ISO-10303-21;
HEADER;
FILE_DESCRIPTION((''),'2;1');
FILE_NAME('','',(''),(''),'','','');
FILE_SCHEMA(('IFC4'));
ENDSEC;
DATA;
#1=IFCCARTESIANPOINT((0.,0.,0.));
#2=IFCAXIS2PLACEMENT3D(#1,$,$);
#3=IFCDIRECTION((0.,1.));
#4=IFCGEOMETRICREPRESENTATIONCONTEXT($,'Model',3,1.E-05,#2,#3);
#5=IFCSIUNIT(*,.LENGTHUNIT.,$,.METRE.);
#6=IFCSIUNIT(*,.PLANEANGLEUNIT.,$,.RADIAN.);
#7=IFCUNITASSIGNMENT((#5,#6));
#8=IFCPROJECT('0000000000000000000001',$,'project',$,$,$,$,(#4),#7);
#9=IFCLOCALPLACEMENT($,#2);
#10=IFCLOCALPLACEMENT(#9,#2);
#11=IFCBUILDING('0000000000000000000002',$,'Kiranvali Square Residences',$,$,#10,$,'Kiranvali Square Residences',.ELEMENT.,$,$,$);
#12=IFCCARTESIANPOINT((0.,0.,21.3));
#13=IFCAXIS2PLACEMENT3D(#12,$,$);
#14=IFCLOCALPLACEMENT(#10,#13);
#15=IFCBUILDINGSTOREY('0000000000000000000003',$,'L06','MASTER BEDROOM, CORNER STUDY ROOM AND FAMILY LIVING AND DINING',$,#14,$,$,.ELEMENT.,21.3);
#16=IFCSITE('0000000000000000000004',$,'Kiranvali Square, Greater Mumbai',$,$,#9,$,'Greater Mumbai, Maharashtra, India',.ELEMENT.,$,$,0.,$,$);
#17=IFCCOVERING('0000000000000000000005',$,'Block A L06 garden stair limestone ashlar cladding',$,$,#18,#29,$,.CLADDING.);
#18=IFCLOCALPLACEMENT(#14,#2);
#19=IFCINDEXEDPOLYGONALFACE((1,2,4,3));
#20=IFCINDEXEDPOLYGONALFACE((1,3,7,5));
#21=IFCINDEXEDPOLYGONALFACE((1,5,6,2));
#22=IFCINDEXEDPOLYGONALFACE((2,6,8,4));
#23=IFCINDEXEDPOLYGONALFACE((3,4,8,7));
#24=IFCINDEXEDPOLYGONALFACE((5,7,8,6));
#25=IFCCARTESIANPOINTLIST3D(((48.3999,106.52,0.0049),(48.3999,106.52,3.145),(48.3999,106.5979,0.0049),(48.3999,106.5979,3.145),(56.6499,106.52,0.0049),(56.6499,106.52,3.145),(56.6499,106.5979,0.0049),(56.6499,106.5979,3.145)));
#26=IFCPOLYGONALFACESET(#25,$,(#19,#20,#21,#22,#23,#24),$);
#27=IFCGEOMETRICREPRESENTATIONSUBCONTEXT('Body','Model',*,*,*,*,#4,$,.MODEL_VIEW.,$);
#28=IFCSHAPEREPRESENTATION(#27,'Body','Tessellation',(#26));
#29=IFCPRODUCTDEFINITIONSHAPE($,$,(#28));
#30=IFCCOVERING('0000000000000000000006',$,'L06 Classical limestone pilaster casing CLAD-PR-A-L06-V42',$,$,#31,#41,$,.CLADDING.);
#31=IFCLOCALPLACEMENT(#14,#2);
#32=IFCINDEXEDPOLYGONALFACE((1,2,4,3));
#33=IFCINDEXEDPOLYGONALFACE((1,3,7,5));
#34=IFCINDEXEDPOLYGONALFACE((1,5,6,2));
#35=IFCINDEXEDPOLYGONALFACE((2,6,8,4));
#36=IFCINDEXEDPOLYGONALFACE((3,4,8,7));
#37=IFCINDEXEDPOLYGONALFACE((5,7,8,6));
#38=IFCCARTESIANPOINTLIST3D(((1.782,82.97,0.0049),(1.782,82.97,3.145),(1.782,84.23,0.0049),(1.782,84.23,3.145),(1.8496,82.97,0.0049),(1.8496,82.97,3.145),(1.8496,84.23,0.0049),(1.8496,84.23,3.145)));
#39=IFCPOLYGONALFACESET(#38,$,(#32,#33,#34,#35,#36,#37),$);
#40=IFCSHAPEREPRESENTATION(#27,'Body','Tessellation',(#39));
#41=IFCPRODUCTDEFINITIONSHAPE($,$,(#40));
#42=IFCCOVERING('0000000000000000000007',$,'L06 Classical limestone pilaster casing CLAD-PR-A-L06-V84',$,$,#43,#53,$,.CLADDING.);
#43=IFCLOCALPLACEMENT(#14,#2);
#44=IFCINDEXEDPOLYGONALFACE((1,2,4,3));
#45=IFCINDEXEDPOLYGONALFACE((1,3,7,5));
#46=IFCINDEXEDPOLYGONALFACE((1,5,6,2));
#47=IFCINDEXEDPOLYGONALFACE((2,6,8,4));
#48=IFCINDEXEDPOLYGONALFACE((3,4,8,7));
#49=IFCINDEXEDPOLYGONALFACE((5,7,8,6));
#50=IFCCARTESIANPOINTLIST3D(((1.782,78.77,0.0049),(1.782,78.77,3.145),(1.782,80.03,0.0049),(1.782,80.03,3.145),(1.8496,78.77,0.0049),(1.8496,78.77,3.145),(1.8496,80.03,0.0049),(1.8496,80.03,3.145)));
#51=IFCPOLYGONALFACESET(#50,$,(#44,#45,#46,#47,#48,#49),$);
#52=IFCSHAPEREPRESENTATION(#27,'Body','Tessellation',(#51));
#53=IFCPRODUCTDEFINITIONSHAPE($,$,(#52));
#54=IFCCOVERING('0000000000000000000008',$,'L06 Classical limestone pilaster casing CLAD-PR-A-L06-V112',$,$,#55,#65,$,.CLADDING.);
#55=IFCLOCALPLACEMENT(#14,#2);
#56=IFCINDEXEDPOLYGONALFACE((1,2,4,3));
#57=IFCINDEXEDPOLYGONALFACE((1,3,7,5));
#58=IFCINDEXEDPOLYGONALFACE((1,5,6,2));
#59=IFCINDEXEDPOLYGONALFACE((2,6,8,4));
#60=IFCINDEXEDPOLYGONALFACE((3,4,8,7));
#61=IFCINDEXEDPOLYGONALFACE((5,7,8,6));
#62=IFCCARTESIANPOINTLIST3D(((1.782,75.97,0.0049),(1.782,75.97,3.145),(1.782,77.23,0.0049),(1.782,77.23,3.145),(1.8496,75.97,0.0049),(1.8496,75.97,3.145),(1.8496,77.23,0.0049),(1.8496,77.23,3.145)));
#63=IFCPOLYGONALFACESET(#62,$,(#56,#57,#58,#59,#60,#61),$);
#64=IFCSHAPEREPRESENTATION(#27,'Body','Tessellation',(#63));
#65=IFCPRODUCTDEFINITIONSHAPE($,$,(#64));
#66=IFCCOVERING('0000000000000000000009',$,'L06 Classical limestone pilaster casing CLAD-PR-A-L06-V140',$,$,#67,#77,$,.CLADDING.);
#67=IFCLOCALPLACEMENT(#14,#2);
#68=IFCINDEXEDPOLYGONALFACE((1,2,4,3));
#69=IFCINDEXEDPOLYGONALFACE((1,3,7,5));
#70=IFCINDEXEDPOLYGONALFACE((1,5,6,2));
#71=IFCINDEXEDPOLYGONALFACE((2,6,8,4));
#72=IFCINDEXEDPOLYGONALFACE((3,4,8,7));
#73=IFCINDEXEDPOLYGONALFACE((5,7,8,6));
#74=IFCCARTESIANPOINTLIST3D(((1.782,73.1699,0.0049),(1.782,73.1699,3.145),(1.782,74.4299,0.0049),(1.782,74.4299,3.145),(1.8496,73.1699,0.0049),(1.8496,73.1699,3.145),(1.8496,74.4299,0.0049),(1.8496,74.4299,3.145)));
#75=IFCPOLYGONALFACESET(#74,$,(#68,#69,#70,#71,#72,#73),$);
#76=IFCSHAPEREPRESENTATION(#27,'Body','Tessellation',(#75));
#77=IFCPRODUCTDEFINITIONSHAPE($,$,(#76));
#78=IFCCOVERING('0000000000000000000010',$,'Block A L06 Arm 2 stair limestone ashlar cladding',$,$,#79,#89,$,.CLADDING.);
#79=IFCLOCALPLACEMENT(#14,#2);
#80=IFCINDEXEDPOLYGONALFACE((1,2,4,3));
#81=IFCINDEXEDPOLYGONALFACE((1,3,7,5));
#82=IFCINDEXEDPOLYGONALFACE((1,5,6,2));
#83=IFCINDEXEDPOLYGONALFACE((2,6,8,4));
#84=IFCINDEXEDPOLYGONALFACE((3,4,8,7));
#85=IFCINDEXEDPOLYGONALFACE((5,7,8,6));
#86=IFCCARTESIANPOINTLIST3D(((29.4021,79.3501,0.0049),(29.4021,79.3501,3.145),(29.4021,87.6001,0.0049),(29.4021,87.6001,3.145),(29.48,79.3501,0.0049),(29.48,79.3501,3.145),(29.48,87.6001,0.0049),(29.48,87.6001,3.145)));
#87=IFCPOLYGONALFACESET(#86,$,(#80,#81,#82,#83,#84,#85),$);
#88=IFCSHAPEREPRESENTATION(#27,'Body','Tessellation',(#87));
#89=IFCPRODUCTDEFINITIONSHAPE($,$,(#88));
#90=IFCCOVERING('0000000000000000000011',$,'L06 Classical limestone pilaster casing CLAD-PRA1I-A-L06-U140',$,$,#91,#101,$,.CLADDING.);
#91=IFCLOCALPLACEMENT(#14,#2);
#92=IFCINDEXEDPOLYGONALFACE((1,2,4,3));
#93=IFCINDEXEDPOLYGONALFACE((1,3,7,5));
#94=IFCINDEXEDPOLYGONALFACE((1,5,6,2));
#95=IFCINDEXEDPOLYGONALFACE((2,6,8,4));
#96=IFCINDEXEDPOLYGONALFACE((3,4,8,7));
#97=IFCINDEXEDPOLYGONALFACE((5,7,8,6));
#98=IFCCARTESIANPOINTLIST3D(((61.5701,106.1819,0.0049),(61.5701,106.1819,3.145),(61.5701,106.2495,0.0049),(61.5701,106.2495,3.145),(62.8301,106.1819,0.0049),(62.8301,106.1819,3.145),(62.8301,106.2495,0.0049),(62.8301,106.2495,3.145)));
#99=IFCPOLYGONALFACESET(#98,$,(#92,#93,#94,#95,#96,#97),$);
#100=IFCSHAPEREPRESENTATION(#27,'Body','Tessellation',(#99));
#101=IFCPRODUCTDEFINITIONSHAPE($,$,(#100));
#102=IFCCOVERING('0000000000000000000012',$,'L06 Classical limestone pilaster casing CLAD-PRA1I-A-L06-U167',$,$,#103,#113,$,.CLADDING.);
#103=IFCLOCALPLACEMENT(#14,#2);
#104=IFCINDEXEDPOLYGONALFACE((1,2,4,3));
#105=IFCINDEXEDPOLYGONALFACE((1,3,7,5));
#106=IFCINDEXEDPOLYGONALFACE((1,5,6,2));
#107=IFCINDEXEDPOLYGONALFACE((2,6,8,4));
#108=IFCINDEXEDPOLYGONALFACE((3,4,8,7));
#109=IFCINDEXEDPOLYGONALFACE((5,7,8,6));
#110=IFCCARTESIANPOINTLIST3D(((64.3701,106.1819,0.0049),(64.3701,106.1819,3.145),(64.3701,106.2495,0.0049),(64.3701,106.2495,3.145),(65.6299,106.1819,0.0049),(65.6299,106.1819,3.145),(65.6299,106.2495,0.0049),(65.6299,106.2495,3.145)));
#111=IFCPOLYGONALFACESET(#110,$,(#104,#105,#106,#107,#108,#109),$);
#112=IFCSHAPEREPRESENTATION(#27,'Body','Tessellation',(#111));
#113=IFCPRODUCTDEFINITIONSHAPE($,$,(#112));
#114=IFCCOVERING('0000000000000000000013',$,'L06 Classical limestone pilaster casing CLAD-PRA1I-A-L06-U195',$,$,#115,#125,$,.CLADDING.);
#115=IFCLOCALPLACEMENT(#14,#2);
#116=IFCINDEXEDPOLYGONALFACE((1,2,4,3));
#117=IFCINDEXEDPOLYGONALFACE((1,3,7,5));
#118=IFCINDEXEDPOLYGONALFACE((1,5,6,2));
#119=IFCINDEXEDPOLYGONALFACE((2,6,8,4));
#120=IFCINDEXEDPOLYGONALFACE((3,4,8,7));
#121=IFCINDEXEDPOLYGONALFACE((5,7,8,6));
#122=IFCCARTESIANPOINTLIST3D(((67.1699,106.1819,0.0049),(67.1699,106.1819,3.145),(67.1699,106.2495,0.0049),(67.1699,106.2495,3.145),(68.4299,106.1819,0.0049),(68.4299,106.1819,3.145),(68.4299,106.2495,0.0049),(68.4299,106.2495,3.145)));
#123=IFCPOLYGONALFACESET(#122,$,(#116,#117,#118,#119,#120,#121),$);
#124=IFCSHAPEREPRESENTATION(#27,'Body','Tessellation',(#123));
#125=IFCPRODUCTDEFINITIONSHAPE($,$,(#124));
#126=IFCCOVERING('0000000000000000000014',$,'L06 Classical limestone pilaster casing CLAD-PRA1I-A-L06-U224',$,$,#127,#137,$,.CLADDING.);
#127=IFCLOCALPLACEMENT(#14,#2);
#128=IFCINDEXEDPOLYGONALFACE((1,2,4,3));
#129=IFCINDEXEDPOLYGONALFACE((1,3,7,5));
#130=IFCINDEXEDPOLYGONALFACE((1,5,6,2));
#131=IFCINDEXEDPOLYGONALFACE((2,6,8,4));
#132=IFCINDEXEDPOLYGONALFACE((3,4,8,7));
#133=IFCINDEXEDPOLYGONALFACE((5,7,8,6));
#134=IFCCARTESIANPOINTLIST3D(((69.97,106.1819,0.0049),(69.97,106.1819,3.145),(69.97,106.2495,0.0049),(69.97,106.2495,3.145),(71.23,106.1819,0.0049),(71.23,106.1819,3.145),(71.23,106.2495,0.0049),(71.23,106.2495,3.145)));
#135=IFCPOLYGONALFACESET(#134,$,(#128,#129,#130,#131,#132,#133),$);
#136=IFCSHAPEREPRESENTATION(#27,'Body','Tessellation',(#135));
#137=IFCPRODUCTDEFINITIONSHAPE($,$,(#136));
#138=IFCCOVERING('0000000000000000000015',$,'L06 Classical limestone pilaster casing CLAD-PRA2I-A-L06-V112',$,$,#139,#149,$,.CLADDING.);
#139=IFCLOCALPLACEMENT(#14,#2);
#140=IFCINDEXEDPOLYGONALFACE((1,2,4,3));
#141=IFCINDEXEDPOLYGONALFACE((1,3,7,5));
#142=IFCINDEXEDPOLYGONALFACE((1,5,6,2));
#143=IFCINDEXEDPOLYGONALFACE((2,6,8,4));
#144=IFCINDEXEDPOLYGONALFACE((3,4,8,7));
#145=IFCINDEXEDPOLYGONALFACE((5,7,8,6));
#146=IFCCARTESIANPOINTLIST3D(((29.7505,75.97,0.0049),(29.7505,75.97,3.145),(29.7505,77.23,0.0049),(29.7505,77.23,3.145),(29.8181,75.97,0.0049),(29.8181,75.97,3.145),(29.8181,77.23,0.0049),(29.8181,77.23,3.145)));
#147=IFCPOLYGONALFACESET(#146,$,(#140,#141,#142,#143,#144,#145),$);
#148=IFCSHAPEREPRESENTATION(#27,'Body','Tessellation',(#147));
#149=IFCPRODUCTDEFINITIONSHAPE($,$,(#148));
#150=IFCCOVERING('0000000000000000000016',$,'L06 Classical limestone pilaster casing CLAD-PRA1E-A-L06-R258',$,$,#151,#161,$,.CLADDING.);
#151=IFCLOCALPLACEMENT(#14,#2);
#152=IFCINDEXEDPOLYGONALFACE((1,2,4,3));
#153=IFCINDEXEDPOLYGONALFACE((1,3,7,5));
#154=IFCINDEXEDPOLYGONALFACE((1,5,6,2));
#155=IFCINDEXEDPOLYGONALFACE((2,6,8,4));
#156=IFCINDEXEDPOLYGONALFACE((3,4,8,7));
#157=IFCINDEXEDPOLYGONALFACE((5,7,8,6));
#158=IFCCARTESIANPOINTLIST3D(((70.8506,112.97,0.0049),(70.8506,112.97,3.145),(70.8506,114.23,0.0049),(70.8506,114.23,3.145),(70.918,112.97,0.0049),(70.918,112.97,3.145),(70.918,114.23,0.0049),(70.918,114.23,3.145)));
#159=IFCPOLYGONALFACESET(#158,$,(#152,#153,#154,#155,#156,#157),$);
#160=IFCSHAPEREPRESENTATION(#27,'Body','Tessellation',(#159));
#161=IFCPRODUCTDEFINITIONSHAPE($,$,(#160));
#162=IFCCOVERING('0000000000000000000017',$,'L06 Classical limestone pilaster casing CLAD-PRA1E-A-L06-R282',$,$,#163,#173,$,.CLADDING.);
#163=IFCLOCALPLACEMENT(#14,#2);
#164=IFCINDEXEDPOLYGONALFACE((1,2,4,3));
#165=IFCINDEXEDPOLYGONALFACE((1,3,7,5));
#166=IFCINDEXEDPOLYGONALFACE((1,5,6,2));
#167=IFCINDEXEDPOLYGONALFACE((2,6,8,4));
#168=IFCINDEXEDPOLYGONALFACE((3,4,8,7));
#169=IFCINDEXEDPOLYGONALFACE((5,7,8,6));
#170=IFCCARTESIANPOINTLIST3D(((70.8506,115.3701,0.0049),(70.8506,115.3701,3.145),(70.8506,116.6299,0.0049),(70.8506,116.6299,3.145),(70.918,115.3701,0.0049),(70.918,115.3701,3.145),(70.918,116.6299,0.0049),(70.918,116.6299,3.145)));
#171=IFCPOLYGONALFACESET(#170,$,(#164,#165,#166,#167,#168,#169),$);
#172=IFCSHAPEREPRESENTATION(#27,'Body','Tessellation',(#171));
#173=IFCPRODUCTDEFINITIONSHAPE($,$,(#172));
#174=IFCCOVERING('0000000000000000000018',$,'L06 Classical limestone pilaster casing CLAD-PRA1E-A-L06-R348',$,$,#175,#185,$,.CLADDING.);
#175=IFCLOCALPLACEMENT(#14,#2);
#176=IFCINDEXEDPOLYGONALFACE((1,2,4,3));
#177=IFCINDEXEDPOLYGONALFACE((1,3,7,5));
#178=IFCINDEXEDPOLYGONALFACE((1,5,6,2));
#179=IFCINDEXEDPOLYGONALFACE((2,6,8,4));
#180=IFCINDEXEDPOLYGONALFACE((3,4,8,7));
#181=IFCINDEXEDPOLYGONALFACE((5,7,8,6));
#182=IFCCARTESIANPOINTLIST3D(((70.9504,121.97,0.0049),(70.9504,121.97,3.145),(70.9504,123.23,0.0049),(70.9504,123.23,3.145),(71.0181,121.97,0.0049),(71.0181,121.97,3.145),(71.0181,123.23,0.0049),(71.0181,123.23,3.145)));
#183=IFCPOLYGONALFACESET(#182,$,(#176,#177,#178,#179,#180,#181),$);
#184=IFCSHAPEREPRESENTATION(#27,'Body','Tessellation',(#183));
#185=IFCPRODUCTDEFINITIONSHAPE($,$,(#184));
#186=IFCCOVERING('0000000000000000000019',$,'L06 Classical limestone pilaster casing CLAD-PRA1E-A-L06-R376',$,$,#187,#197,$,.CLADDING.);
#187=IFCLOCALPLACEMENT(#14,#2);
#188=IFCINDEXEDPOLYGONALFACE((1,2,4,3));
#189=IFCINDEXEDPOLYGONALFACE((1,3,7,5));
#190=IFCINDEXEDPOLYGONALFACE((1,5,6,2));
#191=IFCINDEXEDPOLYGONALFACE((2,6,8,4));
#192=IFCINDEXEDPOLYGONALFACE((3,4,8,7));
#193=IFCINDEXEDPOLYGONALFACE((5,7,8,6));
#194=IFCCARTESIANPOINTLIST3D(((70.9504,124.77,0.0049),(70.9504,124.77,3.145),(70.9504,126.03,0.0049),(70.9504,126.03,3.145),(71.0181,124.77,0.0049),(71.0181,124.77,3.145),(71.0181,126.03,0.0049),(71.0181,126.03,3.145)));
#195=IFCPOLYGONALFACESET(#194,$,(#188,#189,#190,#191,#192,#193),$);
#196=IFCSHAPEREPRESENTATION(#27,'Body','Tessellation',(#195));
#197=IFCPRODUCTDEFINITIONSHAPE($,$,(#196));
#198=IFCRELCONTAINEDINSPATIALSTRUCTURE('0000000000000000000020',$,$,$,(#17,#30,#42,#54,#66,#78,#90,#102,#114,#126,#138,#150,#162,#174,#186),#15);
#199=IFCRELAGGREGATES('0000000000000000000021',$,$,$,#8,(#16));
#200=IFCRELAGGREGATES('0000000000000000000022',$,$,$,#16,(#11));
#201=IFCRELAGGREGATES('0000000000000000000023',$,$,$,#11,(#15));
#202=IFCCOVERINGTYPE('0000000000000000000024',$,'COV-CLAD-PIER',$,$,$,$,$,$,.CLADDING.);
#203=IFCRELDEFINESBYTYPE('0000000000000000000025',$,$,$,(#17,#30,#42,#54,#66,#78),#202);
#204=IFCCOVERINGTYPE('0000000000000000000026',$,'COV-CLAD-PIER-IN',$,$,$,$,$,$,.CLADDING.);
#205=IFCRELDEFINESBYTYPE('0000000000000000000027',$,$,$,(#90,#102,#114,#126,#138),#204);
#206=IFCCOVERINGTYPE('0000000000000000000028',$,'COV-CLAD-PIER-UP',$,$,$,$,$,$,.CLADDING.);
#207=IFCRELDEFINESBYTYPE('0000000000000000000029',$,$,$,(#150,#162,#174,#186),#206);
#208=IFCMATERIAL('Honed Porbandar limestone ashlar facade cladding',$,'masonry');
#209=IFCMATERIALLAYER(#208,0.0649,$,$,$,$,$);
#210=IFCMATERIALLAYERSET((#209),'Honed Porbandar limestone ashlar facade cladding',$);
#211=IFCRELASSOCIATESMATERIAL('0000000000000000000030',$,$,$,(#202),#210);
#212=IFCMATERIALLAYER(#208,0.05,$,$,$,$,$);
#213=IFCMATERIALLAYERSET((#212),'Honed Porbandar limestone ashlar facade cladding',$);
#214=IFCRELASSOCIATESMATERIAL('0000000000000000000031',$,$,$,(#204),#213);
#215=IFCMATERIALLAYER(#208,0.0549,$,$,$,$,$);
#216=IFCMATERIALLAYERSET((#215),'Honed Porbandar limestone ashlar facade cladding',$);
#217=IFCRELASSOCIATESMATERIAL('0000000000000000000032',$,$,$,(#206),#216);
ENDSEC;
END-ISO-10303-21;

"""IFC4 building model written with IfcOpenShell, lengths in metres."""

from ifc_helpers import new_model, si_unit, direction, frame, origin, place, context, subcontext, project, spatial, polyline, outline, extrude, material, layer, layer_set, type_object, element, save


model = new_model("IFC4")

# Units and contexts
model_context = context("Model", 3, precision=1e-05, world=origin(), true_north=direction((0.0, 1.0)))
body_context = subcontext(model_context, "Body", "Model", "MODEL_VIEW")
ifc_project = project(units=[si_unit("LENGTHUNIT", "METRE"), si_unit("PLANEANGLEUNIT", "RADIAN")], contexts=[model_context])

# Site, building, storey
site_placement = place(None, origin())
site = spatial("IfcSite", under=ifc_project, at=site_placement, Name="Kiranvali Square, Greater Mumbai", LongName="Greater Mumbai, Maharashtra, India", CompositionType="ELEMENT", RefElevation=0.0)
building_placement = place(site_placement, origin())
building = spatial("IfcBuilding", under=site, at=building_placement, Name="Kiranvali Square Residences", LongName="Kiranvali Square Residences", CompositionType="ELEMENT")
storey_placement = place(building_placement, frame((0.0, 0.0, 21.3)))
storey = spatial("IfcBuildingStorey", under=building, at=storey_placement, Name="L06", Description="MASTER BEDROOM, CORNER STUDY ROOM AND FAMILY LIVING AND DINING", CompositionType="ELEMENT", Elevation=21.3)

# Coverings
ifc_material = material(Name="Honed Porbandar limestone ashlar facade cladding", Category="masonry")
ifc_layer_1 = layer(ifc_material, 0.0649)
ifc_layer_set_1 = layer_set([ifc_layer_1], Name="Honed Porbandar limestone ashlar facade cladding")
covering_type_1 = type_object("IfcCoveringType", Name="COV-CLAD-PIER", PredefinedType="CLADDING", material=ifc_layer_set_1)
covering_1_placement = place(storey_placement, frame((0.0, 0.0, 0.0049)))
element("IfcCovering", 1, at=covering_1_placement, inside=storey, type_object=covering_type_1, Name="Block A L06 garden stair limestone ashlar cladding", PredefinedType="CLADDING", context=body_context, shape_type="SweptSolid", body=[
    extrude(outline(polyline([(48.3999, 106.52), (56.6499, 106.52), (56.6499, 106.5979), (48.3999, 106.5979), (48.3999, 106.52)])), origin(), (0.0, 0.0, 1.0), 3.1401),
])
covering_2_placement = place(storey_placement, frame((0.0, 0.0, 0.0049)))
element("IfcCovering", 2, at=covering_2_placement, inside=storey, type_object=covering_type_1, Name="L06 Classical limestone pilaster casing CLAD-PR-A-L06-V42", PredefinedType="CLADDING", context=body_context, shape_type="SweptSolid", body=[
    extrude(outline(polyline([(1.782, 84.23), (1.782, 82.97), (1.8496, 82.97), (1.8496, 84.23), (1.782, 84.23)])), origin(), (0.0, 0.0, 1.0), 3.1401),
])
covering_3_placement = place(storey_placement, frame((0.0, 0.0, 0.0049)))
element("IfcCovering", 3, at=covering_3_placement, inside=storey, type_object=covering_type_1, Name="L06 Classical limestone pilaster casing CLAD-PR-A-L06-V84", PredefinedType="CLADDING", context=body_context, shape_type="SweptSolid", body=[
    extrude(outline(polyline([(1.782, 80.03), (1.782, 78.77), (1.8496, 78.77), (1.8496, 80.03), (1.782, 80.03)])), origin(), (0.0, 0.0, 1.0), 3.1401),
])
covering_4_placement = place(storey_placement, frame((0.0, 0.0, 0.0049)))
element("IfcCovering", 4, at=covering_4_placement, inside=storey, type_object=covering_type_1, Name="L06 Classical limestone pilaster casing CLAD-PR-A-L06-V112", PredefinedType="CLADDING", context=body_context, shape_type="SweptSolid", body=[
    extrude(outline(polyline([(1.782, 77.23), (1.782, 75.97), (1.8496, 75.97), (1.8496, 77.23), (1.782, 77.23)])), origin(), (0.0, 0.0, 1.0), 3.1401),
])
covering_5_placement = place(storey_placement, frame((0.0, 0.0, 0.0049)))
element("IfcCovering", 5, at=covering_5_placement, inside=storey, type_object=covering_type_1, Name="L06 Classical limestone pilaster casing CLAD-PR-A-L06-V140", PredefinedType="CLADDING", context=body_context, shape_type="SweptSolid", body=[
    extrude(outline(polyline([(1.782, 74.4299), (1.782, 73.1699), (1.8496, 73.1699), (1.8496, 74.4299), (1.782, 74.4299)])), origin(), (0.0, 0.0, 1.0), 3.1401),
])
covering_6_placement = place(storey_placement, frame((0.0, 0.0, 0.0049)))
element("IfcCovering", 6, at=covering_6_placement, inside=storey, type_object=covering_type_1, Name="Block A L06 Arm 2 stair limestone ashlar cladding", PredefinedType="CLADDING", context=body_context, shape_type="SweptSolid", body=[
    extrude(outline(polyline([(29.4021, 87.6001), (29.4021, 79.3501), (29.48, 79.3501), (29.48, 87.6001), (29.4021, 87.6001)])), origin(), (0.0, 0.0, 1.0), 3.1401),
])
ifc_layer_2 = layer(ifc_material, 0.05)
ifc_layer_set_2 = layer_set([ifc_layer_2], Name="Honed Porbandar limestone ashlar facade cladding")
covering_type_2 = type_object("IfcCoveringType", Name="COV-CLAD-PIER-IN", PredefinedType="CLADDING", material=ifc_layer_set_2)
covering_7_placement = place(storey_placement, frame((0.0, 0.0, 0.0049)))
element("IfcCovering", 7, at=covering_7_placement, inside=storey, type_object=covering_type_2, Name="L06 Classical limestone pilaster casing CLAD-PRA1I-A-L06-U140", PredefinedType="CLADDING", context=body_context, shape_type="SweptSolid", body=[
    extrude(outline(polyline([(61.5701, 106.1819), (62.8301, 106.1819), (62.8301, 106.2495), (61.5701, 106.2495), (61.5701, 106.1819)])), origin(), (0.0, 0.0, 1.0), 3.1401),
])
covering_8_placement = place(storey_placement, frame((0.0, 0.0, 0.0049)))
element("IfcCovering", 8, at=covering_8_placement, inside=storey, type_object=covering_type_2, Name="L06 Classical limestone pilaster casing CLAD-PRA1I-A-L06-U167", PredefinedType="CLADDING", context=body_context, shape_type="SweptSolid", body=[
    extrude(outline(polyline([(64.3701, 106.1819), (65.6299, 106.1819), (65.6299, 106.2495), (64.3701, 106.2495), (64.3701, 106.1819)])), origin(), (0.0, 0.0, 1.0), 3.1401),
])
covering_9_placement = place(storey_placement, frame((0.0, 0.0, 0.0049)))
element("IfcCovering", 9, at=covering_9_placement, inside=storey, type_object=covering_type_2, Name="L06 Classical limestone pilaster casing CLAD-PRA1I-A-L06-U195", PredefinedType="CLADDING", context=body_context, shape_type="SweptSolid", body=[
    extrude(outline(polyline([(67.1699, 106.1819), (68.4299, 106.1819), (68.4299, 106.2495), (67.1699, 106.2495), (67.1699, 106.1819)])), origin(), (0.0, 0.0, 1.0), 3.1401),
])
covering_10_placement = place(storey_placement, frame((0.0, 0.0, 0.0049)))
element("IfcCovering", 10, at=covering_10_placement, inside=storey, type_object=covering_type_2, Name="L06 Classical limestone pilaster casing CLAD-PRA1I-A-L06-U224", PredefinedType="CLADDING", context=body_context, shape_type="SweptSolid", body=[
    extrude(outline(polyline([(69.97, 106.1819), (71.23, 106.1819), (71.23, 106.2495), (69.97, 106.2495), (69.97, 106.1819)])), origin(), (0.0, 0.0, 1.0), 3.1401),
])
covering_11_placement = place(storey_placement, frame((0.0, 0.0, 0.0049)))
element("IfcCovering", 11, at=covering_11_placement, inside=storey, type_object=covering_type_2, Name="L06 Classical limestone pilaster casing CLAD-PRA2I-A-L06-V112", PredefinedType="CLADDING", context=body_context, shape_type="SweptSolid", body=[
    extrude(outline(polyline([(29.7505, 77.23), (29.7505, 75.97), (29.8181, 75.97), (29.8181, 77.23), (29.7505, 77.23)])), origin(), (0.0, 0.0, 1.0), 3.1401),
])
ifc_layer_3 = layer(ifc_material, 0.0549)
ifc_layer_set_3 = layer_set([ifc_layer_3], Name="Honed Porbandar limestone ashlar facade cladding")
covering_type_3 = type_object("IfcCoveringType", Name="COV-CLAD-PIER-UP", PredefinedType="CLADDING", material=ifc_layer_set_3)
covering_12_placement = place(storey_placement, frame((0.0, 0.0, 0.0049)))
element("IfcCovering", 12, at=covering_12_placement, inside=storey, type_object=covering_type_3, Name="L06 Classical limestone pilaster casing CLAD-PRA1E-A-L06-R258", PredefinedType="CLADDING", context=body_context, shape_type="SweptSolid", body=[
    extrude(outline(polyline([(70.918, 112.97), (70.918, 114.23), (70.8506, 114.23), (70.8506, 112.97), (70.918, 112.97)])), origin(), (0.0, 0.0, 1.0), 3.1401),
])
covering_13_placement = place(storey_placement, frame((0.0, 0.0, 0.0049)))
element("IfcCovering", 13, at=covering_13_placement, inside=storey, type_object=covering_type_3, Name="L06 Classical limestone pilaster casing CLAD-PRA1E-A-L06-R282", PredefinedType="CLADDING", context=body_context, shape_type="SweptSolid", body=[
    extrude(outline(polyline([(70.918, 115.3701), (70.918, 116.6299), (70.8506, 116.6299), (70.8506, 115.3701), (70.918, 115.3701)])), origin(), (0.0, 0.0, 1.0), 3.1401),
])
covering_14_placement = place(storey_placement, frame((0.0, 0.0, 0.0049)))
element("IfcCovering", 14, at=covering_14_placement, inside=storey, type_object=covering_type_3, Name="L06 Classical limestone pilaster casing CLAD-PRA1E-A-L06-R348", PredefinedType="CLADDING", context=body_context, shape_type="SweptSolid", body=[
    extrude(outline(polyline([(71.0181, 121.97), (71.0181, 123.23), (70.9504, 123.23), (70.9504, 121.97), (71.0181, 121.97)])), origin(), (0.0, 0.0, 1.0), 3.1401),
])
covering_15_placement = place(storey_placement, frame((0.0, 0.0, 0.0049)))
element("IfcCovering", 15, at=covering_15_placement, inside=storey, type_object=covering_type_3, Name="L06 Classical limestone pilaster casing CLAD-PRA1E-A-L06-R376", PredefinedType="CLADDING", context=body_context, shape_type="SweptSolid", body=[
    extrude(outline(polyline([(71.0181, 124.77), (71.0181, 126.03), (70.9504, 126.03), (70.9504, 124.77), (71.0181, 124.77)])), origin(), (0.0, 0.0, 1.0), 3.1401),
])

save(model, "model.ifc")
